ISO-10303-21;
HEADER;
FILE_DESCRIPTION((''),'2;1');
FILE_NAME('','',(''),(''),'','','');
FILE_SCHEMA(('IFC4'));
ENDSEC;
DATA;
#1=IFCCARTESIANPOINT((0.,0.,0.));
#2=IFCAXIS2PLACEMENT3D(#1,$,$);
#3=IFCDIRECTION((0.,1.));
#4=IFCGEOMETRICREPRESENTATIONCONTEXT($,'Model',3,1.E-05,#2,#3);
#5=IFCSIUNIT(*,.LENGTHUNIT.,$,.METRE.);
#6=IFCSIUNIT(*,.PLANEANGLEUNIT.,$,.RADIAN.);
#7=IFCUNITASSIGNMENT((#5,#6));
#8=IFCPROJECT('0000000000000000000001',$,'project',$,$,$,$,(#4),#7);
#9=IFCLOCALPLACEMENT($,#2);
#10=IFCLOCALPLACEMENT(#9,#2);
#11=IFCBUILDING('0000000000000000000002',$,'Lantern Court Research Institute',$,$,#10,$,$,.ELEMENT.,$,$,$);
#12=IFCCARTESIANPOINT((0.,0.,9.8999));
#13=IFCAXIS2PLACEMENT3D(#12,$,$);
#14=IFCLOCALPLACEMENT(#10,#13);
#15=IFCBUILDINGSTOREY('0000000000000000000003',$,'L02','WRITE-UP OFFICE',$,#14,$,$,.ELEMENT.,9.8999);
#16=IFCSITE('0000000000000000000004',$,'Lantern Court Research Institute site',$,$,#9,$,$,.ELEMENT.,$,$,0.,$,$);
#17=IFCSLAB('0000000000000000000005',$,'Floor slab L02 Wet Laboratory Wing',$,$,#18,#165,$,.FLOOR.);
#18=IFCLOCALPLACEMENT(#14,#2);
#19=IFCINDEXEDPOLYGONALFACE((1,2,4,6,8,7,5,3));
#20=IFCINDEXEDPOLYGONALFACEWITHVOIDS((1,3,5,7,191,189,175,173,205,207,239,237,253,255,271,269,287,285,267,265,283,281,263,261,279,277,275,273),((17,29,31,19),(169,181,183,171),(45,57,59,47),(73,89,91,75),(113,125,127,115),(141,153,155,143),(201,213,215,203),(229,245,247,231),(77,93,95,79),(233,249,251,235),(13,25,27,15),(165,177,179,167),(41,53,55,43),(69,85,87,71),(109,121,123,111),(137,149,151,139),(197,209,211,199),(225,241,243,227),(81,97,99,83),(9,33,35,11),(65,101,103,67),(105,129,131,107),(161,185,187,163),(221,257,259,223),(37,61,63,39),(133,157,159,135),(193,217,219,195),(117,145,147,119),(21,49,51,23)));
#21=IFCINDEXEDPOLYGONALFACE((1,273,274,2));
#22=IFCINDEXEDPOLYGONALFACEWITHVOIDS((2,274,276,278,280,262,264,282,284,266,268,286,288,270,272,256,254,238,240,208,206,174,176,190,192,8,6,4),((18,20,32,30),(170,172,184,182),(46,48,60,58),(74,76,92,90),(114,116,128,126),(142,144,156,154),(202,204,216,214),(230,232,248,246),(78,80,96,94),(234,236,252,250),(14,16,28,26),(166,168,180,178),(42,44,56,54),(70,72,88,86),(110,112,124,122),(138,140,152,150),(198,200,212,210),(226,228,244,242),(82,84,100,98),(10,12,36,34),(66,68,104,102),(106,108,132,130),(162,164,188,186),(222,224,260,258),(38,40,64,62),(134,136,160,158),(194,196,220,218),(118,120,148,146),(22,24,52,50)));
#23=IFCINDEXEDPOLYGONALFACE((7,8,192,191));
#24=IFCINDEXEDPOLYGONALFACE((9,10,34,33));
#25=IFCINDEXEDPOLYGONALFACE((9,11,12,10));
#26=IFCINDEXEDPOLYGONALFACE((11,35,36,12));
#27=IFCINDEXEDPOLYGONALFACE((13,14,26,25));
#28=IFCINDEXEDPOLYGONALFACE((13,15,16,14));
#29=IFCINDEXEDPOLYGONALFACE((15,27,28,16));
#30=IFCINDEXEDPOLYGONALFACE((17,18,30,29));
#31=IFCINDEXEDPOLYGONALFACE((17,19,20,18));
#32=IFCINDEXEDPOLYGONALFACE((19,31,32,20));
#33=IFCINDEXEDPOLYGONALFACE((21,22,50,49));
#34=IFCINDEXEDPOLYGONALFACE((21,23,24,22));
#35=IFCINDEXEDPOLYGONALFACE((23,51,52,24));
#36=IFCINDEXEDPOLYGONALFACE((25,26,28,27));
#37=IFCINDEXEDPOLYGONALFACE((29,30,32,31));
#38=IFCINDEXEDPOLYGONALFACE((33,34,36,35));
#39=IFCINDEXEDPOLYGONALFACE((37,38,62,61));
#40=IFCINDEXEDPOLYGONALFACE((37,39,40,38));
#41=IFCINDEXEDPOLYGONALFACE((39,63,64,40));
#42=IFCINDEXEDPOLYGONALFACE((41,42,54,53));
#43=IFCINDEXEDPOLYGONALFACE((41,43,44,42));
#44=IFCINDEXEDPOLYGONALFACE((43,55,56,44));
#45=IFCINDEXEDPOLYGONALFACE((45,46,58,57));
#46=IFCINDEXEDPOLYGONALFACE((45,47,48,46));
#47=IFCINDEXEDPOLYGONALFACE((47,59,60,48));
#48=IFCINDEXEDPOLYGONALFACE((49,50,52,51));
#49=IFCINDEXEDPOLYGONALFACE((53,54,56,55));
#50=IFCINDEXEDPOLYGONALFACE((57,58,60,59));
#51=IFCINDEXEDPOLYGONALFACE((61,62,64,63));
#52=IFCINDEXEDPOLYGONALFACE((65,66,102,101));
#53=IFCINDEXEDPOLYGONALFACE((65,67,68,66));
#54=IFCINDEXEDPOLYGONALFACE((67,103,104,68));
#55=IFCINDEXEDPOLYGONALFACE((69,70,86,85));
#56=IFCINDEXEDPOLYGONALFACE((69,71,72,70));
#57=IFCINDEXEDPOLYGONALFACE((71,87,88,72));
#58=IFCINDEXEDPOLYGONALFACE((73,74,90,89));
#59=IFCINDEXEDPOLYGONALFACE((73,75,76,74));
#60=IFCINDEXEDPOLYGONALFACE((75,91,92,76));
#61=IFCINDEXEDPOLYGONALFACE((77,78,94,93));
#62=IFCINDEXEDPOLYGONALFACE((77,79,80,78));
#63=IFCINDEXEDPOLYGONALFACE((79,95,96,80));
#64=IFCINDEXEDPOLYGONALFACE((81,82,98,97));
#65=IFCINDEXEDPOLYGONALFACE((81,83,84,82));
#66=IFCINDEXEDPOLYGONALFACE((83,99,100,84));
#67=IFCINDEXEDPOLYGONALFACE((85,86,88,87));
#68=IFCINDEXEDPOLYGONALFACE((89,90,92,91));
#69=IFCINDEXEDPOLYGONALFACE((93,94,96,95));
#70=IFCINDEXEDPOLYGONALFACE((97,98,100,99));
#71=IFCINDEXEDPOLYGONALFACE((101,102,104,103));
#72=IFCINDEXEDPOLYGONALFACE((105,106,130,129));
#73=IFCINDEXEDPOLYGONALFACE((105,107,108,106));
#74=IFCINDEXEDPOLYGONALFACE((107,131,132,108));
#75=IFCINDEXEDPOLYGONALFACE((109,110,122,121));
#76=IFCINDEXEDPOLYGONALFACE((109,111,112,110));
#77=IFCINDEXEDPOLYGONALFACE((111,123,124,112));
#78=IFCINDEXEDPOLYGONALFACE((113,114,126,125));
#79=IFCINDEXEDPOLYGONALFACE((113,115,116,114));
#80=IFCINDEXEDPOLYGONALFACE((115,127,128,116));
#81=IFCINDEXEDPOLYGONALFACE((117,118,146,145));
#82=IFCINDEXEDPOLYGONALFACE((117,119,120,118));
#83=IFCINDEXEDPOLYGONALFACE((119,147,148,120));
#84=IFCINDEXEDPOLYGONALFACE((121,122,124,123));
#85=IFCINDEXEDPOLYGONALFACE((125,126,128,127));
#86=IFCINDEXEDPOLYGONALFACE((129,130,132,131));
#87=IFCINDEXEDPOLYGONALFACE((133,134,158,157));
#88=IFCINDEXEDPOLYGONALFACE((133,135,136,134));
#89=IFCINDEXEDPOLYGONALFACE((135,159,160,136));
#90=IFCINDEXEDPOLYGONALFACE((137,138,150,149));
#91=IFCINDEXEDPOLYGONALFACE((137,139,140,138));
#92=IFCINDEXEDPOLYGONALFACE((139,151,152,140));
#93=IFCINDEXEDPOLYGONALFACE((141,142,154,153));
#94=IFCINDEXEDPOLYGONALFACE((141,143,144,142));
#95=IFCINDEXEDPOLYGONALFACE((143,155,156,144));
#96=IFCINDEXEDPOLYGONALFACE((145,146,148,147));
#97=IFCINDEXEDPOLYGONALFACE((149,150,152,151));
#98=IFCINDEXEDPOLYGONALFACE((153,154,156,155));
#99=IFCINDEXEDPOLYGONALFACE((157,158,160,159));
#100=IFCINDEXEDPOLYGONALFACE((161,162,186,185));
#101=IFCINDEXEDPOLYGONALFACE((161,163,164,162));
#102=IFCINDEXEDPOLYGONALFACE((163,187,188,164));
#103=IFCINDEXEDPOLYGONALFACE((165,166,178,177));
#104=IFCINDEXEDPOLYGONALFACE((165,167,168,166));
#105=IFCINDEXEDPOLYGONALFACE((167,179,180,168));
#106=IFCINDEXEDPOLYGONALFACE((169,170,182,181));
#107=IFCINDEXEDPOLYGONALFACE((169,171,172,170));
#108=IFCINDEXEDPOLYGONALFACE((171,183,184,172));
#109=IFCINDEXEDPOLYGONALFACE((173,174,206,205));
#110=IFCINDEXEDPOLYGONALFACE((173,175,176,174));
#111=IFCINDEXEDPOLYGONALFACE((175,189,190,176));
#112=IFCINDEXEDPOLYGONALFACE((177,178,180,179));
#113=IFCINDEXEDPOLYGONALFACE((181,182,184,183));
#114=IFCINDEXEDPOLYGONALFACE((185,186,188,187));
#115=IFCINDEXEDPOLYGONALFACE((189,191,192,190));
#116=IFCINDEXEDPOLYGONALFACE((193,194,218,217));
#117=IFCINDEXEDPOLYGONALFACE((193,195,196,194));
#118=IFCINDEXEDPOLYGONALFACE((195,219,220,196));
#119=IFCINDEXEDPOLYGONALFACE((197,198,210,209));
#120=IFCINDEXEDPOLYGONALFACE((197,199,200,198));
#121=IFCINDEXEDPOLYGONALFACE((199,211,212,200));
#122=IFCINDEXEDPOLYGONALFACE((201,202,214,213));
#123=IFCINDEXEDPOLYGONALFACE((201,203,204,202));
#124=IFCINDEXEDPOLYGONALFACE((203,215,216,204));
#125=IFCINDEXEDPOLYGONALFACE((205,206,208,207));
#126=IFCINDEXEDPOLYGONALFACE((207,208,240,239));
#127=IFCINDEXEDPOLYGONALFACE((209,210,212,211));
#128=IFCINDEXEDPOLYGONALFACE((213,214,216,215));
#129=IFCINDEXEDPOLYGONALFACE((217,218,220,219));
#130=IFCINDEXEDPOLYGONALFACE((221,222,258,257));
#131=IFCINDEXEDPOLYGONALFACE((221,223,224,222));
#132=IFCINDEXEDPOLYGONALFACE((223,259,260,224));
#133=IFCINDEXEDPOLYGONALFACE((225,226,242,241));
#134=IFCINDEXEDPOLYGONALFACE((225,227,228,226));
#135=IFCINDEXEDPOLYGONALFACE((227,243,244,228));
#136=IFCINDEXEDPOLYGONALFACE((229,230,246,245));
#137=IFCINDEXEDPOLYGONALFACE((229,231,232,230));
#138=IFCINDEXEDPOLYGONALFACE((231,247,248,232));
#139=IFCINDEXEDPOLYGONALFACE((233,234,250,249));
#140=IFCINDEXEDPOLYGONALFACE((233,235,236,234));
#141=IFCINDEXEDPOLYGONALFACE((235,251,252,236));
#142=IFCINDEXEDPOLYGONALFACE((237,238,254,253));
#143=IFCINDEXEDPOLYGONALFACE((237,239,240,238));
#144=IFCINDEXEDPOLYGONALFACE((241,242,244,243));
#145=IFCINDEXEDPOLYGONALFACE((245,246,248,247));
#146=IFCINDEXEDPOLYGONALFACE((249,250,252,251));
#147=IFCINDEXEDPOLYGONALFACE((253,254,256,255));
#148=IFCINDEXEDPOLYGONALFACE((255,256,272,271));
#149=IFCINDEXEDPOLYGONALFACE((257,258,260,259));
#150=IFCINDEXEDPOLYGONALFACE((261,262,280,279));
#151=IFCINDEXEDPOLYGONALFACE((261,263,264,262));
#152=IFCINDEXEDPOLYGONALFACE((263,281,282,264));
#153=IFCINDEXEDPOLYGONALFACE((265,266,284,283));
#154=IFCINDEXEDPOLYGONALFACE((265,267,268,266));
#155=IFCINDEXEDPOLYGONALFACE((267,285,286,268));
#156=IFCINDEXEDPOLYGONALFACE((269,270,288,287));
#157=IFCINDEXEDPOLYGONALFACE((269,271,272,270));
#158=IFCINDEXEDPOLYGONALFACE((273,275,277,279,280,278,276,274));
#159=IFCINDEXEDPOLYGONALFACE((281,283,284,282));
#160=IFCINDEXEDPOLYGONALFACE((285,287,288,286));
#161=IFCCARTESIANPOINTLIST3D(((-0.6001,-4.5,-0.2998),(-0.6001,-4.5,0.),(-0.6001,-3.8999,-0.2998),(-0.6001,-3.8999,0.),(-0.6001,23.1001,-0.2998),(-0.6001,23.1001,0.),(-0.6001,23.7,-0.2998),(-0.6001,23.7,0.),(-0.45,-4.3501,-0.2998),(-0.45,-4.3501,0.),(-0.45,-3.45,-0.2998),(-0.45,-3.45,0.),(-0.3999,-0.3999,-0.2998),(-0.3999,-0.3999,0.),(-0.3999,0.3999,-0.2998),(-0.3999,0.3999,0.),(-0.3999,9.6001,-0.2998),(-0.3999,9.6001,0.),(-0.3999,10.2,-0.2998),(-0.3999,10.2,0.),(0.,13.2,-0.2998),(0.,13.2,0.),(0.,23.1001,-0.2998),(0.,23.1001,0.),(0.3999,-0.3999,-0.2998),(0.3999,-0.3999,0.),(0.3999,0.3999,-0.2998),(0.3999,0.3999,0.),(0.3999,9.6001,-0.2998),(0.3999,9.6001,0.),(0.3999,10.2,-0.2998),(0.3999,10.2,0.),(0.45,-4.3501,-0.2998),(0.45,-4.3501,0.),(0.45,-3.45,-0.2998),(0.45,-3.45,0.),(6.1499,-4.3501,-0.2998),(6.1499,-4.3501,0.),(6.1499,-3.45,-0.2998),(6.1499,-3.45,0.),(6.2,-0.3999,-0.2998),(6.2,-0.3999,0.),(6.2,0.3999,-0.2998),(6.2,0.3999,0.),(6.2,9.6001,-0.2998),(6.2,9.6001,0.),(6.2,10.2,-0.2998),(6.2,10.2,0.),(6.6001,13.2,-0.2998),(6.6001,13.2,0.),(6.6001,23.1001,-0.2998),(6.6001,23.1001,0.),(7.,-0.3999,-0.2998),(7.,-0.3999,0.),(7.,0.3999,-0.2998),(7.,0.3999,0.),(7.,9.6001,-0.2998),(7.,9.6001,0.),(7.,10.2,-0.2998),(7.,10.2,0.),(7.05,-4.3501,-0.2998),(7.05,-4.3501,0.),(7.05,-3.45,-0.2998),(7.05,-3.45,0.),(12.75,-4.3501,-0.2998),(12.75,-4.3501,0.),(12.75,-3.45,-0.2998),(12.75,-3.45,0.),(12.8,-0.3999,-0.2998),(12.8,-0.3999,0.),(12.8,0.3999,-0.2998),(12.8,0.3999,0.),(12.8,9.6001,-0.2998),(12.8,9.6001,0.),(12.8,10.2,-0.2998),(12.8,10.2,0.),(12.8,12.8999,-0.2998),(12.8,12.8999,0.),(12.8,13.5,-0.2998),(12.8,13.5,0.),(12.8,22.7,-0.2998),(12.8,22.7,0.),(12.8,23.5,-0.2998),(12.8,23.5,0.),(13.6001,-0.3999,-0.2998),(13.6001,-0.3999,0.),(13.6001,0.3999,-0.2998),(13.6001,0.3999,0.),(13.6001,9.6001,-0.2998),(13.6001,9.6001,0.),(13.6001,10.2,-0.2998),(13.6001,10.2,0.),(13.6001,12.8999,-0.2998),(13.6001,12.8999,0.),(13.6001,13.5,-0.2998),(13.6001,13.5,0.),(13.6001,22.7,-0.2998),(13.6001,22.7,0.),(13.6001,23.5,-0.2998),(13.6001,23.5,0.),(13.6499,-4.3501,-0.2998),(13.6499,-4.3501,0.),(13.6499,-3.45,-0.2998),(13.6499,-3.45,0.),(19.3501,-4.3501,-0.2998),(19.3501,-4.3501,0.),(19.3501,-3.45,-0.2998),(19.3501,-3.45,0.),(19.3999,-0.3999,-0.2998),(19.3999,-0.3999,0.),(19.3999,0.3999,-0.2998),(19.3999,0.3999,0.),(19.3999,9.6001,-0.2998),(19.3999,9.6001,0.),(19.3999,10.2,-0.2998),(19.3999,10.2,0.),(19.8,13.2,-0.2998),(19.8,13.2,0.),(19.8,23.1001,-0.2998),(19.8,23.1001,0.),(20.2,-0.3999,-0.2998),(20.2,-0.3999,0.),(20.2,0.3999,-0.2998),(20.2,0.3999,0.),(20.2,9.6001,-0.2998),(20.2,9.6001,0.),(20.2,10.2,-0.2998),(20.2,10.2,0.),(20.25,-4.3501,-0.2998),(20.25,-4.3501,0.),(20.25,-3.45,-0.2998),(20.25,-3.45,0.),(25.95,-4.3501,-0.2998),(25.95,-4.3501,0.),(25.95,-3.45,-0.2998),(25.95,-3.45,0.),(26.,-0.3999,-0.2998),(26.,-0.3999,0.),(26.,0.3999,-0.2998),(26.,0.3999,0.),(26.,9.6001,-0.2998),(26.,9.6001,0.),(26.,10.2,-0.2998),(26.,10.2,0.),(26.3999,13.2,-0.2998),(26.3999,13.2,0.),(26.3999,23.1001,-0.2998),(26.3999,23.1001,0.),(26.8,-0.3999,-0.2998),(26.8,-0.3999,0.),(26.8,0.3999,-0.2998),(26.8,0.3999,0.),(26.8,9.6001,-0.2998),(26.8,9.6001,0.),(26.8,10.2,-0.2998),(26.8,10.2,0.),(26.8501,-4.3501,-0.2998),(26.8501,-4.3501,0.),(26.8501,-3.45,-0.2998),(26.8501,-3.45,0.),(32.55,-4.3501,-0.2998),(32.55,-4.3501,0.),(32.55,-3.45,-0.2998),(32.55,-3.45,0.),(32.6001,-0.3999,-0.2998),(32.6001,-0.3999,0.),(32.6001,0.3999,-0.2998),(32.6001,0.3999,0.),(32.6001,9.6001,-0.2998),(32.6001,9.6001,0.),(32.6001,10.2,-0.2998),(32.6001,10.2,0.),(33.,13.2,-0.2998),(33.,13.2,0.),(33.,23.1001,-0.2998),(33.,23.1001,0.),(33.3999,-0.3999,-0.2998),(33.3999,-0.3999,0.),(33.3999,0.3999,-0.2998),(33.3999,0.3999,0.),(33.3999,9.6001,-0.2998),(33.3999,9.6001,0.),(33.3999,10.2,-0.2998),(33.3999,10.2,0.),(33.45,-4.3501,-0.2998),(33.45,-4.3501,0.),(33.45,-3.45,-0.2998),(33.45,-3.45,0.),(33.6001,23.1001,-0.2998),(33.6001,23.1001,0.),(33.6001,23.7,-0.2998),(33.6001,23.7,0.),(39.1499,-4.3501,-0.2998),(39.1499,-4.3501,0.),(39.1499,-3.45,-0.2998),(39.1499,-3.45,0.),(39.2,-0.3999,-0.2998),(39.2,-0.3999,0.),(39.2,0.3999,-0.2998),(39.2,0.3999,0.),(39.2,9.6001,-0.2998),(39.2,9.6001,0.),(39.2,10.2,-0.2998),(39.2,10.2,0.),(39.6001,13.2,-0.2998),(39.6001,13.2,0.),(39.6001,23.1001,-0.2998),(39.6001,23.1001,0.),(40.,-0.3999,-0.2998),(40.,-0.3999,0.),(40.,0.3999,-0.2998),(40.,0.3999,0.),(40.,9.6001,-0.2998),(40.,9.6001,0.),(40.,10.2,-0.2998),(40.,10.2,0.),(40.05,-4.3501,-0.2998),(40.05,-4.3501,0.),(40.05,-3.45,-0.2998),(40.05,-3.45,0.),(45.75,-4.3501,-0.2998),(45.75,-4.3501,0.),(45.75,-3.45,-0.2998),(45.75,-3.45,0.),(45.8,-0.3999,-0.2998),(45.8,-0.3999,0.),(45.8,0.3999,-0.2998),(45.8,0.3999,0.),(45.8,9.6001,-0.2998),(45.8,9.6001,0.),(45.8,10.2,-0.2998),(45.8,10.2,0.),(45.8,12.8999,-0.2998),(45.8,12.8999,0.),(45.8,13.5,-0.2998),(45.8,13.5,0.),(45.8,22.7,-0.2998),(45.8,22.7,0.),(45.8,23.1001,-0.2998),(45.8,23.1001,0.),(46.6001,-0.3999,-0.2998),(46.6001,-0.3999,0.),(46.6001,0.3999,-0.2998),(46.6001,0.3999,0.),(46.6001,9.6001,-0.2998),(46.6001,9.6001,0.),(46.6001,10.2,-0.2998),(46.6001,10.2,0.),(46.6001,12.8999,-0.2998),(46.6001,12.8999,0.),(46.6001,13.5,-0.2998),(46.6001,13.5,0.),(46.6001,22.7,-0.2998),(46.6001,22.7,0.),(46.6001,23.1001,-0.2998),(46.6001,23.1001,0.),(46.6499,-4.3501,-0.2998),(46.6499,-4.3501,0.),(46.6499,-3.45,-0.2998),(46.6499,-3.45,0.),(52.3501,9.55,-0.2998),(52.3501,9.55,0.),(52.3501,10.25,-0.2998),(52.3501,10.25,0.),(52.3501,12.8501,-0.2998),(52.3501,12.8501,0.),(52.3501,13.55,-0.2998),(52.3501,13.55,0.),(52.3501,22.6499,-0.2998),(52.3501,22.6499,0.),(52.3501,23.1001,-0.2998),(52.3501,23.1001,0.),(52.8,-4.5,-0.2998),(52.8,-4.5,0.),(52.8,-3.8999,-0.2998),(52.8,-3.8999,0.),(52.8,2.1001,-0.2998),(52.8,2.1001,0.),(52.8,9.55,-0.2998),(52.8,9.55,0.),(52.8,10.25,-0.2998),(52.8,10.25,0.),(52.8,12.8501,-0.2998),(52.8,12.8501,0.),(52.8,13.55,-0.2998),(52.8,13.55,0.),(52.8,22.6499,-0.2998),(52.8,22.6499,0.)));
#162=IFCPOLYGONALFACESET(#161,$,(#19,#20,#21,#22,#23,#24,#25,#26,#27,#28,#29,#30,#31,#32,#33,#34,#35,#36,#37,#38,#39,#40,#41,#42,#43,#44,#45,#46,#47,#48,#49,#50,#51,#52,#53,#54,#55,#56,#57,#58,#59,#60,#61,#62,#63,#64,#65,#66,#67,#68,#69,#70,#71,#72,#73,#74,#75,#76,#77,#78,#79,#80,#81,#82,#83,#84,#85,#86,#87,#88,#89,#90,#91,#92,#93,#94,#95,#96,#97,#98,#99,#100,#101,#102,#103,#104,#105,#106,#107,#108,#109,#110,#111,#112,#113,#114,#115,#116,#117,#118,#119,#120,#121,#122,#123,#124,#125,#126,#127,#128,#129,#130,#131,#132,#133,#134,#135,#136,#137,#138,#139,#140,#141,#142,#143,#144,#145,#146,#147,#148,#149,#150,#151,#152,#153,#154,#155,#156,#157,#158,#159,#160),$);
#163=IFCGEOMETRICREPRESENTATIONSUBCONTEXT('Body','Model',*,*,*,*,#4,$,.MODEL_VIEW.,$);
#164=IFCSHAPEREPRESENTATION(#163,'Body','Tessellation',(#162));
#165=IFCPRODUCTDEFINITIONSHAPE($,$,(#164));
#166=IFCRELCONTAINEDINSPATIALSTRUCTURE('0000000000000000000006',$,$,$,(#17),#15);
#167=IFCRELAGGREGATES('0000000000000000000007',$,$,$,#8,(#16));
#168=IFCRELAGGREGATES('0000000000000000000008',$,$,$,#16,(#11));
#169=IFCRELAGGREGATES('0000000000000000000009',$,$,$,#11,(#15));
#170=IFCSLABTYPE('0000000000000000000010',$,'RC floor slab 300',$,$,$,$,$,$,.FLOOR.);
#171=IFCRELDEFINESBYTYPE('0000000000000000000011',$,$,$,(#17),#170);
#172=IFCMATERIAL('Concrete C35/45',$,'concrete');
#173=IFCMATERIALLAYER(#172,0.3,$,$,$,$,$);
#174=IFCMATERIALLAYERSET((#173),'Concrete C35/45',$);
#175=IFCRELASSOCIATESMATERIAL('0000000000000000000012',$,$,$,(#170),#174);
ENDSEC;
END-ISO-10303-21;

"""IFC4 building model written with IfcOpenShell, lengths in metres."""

from ifc_helpers import new_model, si_unit, direction, frame, origin, place, context, subcontext, project, spatial, polyline, outline, extrude, material, layer, layer_set, type_object, element, save


model = new_model("IFC4")

# Units and contexts
model_context = context("Model", 3, precision=1e-05, world=origin(), true_north=direction((0.0, 1.0)))
body_context = subcontext(model_context, "Body", "Model", "MODEL_VIEW")
ifc_project = project(units=[si_unit("LENGTHUNIT", "METRE"), si_unit("PLANEANGLEUNIT", "RADIAN")], contexts=[model_context])

# Site, building, storey
site_placement = place(None, origin())
site = spatial("IfcSite", under=ifc_project, at=site_placement, Name="Lantern Court Research Institute site", CompositionType="ELEMENT", RefElevation=0.0)
building_placement = place(site_placement, origin())
building = spatial("IfcBuilding", under=site, at=building_placement, Name="Lantern Court Research Institute", CompositionType="ELEMENT")
storey_placement = place(building_placement, frame((0.0, 0.0, 9.8999)))
storey = spatial("IfcBuildingStorey", under=building, at=storey_placement, Name="L02", Description="WRITE-UP OFFICE", CompositionType="ELEMENT", Elevation=9.8999)

# Slab
ifc_material_1 = material(Name="Concrete C35/45", Category="concrete")
ifc_layer_1 = layer(ifc_material_1, 0.3)
ifc_layer_set_1 = layer_set([ifc_layer_1], Name="Concrete C35/45")
slab_type_1 = type_object("IfcSlabType", Name="RC floor slab 300", PredefinedType="FLOOR", material=ifc_layer_set_1)
slab_1_placement = place(storey_placement, frame((0.0, 0.0, -0.2998)))
element("IfcSlab", 1, at=slab_1_placement, inside=storey, type_object=slab_type_1, Name="Floor slab L02 Wet Laboratory Wing", PredefinedType="FLOOR", context=body_context, shape_type="SweptSolid", body=[
    extrude(outline(polyline([(-0.6001, -3.8999), (-0.6001, -4.5), (52.8, -4.5), (52.8, -3.8999), (52.8, 2.1001), (52.8, 9.55), (52.3501, 9.55), (52.3501, 10.25), (52.8, 10.25), (52.8, 12.8501), (52.3501, 12.8501), (52.3501, 13.55), (52.8, 13.55), (52.8, 22.6499), (52.3501, 22.6499), (52.3501, 23.1001), (46.6001, 23.1001), (46.6001, 22.7), (45.8, 22.7), (45.8, 23.1001), (39.6001, 23.1001), (39.6001, 13.2), (33.0, 13.2), (33.0, 23.1001), (33.6001, 23.1001), (33.6001, 23.7), (-0.6001, 23.7), (-0.6001, 23.1001), (-0.6001, -3.8999)]), holes=[polyline([(0.45, -4.3501), (-0.45, -4.3501), (-0.45, -3.45), (0.45, -3.45), (0.45, -4.3501)]), polyline([(7.05, -4.3501), (6.1499, -4.3501), (6.1499, -3.45), (7.05, -3.45), (7.05, -4.3501)]), polyline([(13.6499, -4.3501), (12.75, -4.3501), (12.75, -3.45), (13.6499, -3.45), (13.6499, -4.3501)]), polyline([(-0.3999, -0.3999), (-0.3999, 0.3999), (0.3999, 0.3999), (0.3999, -0.3999), (-0.3999, -0.3999)]), polyline([(6.2, -0.3999), (6.2, 0.3999), (7.0, 0.3999), (7.0, -0.3999), (6.2, -0.3999)]), polyline([(13.6001, -0.3999), (12.8, -0.3999), (12.8, 0.3999), (13.6001, 0.3999), (13.6001, -0.3999)]), polyline([(19.3999, -0.3999), (19.3999, 0.3999), (20.2, 0.3999), (20.2, -0.3999), (19.3999, -0.3999)]), polyline([(-0.3999, 9.6001), (-0.3999, 10.2), (0.3999, 10.2), (0.3999, 9.6001), (-0.3999, 9.6001)]), polyline([(7.0, 9.6001), (6.2, 9.6001), (6.2, 10.2), (7.0, 10.2), (7.0, 9.6001)]), polyline([(12.8, 9.6001), (12.8, 10.2), (13.6001, 10.2), (13.6001, 9.6001), (12.8, 9.6001)]), polyline([(12.8, 12.8999), (12.8, 13.5), (13.6001, 13.5), (13.6001, 12.8999), (12.8, 12.8999)]), polyline([(6.6001, 13.2), (0.0, 13.2), (0.0, 23.1001), (6.6001, 23.1001), (6.6001, 13.2)]), polyline([(13.6001, 22.7), (12.8, 22.7), (12.8, 23.5), (13.6001, 23.5), (13.6001, 22.7)]), polyline([(19.3501, -4.3501), (19.3501, -3.45), (20.25, -3.45), (20.25, -4.3501), (19.3501, -4.3501)]), polyline([(26.8501, -4.3501), (25.95, -4.3501), (25.95, -3.45), (26.8501, -3.45), (26.8501, -4.3501)]), polyline([(32.55, -4.3501), (32.55, -3.45), (33.45, -3.45), (33.45, -4.3501), (32.55, -4.3501)]), polyline([(39.1499, -4.3501), (39.1499, -3.45), (40.05, -3.45), (40.05, -4.3501), (39.1499, -4.3501)]), polyline([(26.8, -0.3999), (26.0, -0.3999), (26.0, 0.3999), (26.8, 0.3999), (26.8, -0.3999)]), polyline([(32.6001, -0.3999), (32.6001, 0.3999), (33.3999, 0.3999), (33.3999, -0.3999), (32.6001, -0.3999)]), polyline([(39.2, -0.3999), (39.2, 0.3999), (40.0, 0.3999), (40.0, -0.3999), (39.2, -0.3999)]), polyline([(20.2, 9.6001), (19.3999, 9.6001), (19.3999, 10.2), (20.2, 10.2), (20.2, 9.6001)]), polyline([(26.8, 9.6001), (26.0, 9.6001), (26.0, 10.2), (26.8, 10.2), (26.8, 9.6001)]), polyline([(33.3999, 9.6001), (32.6001, 9.6001), (32.6001, 10.2), (33.3999, 10.2), (33.3999, 9.6001)]), polyline([(39.2, 9.6001), (39.2, 10.2), (40.0, 10.2), (40.0, 9.6001), (39.2, 9.6001)]), polyline([(19.8, 13.2), (19.8, 23.1001), (26.3999, 23.1001), (26.3999, 13.2), (19.8, 13.2)]), polyline([(46.6499, -4.3501), (45.75, -4.3501), (45.75, -3.45), (46.6499, -3.45), (46.6499, -4.3501)]), polyline([(45.8, -0.3999), (45.8, 0.3999), (46.6001, 0.3999), (46.6001, -0.3999), (45.8, -0.3999)]), polyline([(46.6001, 9.6001), (45.8, 9.6001), (45.8, 10.2), (46.6001, 10.2), (46.6001, 9.6001)]), polyline([(46.6001, 12.8999), (45.8, 12.8999), (45.8, 13.5), (46.6001, 13.5), (46.6001, 12.8999)])]), origin(), (0.0, 0.0, 1.0), 0.2998),
])

save(model, "model.ifc")
